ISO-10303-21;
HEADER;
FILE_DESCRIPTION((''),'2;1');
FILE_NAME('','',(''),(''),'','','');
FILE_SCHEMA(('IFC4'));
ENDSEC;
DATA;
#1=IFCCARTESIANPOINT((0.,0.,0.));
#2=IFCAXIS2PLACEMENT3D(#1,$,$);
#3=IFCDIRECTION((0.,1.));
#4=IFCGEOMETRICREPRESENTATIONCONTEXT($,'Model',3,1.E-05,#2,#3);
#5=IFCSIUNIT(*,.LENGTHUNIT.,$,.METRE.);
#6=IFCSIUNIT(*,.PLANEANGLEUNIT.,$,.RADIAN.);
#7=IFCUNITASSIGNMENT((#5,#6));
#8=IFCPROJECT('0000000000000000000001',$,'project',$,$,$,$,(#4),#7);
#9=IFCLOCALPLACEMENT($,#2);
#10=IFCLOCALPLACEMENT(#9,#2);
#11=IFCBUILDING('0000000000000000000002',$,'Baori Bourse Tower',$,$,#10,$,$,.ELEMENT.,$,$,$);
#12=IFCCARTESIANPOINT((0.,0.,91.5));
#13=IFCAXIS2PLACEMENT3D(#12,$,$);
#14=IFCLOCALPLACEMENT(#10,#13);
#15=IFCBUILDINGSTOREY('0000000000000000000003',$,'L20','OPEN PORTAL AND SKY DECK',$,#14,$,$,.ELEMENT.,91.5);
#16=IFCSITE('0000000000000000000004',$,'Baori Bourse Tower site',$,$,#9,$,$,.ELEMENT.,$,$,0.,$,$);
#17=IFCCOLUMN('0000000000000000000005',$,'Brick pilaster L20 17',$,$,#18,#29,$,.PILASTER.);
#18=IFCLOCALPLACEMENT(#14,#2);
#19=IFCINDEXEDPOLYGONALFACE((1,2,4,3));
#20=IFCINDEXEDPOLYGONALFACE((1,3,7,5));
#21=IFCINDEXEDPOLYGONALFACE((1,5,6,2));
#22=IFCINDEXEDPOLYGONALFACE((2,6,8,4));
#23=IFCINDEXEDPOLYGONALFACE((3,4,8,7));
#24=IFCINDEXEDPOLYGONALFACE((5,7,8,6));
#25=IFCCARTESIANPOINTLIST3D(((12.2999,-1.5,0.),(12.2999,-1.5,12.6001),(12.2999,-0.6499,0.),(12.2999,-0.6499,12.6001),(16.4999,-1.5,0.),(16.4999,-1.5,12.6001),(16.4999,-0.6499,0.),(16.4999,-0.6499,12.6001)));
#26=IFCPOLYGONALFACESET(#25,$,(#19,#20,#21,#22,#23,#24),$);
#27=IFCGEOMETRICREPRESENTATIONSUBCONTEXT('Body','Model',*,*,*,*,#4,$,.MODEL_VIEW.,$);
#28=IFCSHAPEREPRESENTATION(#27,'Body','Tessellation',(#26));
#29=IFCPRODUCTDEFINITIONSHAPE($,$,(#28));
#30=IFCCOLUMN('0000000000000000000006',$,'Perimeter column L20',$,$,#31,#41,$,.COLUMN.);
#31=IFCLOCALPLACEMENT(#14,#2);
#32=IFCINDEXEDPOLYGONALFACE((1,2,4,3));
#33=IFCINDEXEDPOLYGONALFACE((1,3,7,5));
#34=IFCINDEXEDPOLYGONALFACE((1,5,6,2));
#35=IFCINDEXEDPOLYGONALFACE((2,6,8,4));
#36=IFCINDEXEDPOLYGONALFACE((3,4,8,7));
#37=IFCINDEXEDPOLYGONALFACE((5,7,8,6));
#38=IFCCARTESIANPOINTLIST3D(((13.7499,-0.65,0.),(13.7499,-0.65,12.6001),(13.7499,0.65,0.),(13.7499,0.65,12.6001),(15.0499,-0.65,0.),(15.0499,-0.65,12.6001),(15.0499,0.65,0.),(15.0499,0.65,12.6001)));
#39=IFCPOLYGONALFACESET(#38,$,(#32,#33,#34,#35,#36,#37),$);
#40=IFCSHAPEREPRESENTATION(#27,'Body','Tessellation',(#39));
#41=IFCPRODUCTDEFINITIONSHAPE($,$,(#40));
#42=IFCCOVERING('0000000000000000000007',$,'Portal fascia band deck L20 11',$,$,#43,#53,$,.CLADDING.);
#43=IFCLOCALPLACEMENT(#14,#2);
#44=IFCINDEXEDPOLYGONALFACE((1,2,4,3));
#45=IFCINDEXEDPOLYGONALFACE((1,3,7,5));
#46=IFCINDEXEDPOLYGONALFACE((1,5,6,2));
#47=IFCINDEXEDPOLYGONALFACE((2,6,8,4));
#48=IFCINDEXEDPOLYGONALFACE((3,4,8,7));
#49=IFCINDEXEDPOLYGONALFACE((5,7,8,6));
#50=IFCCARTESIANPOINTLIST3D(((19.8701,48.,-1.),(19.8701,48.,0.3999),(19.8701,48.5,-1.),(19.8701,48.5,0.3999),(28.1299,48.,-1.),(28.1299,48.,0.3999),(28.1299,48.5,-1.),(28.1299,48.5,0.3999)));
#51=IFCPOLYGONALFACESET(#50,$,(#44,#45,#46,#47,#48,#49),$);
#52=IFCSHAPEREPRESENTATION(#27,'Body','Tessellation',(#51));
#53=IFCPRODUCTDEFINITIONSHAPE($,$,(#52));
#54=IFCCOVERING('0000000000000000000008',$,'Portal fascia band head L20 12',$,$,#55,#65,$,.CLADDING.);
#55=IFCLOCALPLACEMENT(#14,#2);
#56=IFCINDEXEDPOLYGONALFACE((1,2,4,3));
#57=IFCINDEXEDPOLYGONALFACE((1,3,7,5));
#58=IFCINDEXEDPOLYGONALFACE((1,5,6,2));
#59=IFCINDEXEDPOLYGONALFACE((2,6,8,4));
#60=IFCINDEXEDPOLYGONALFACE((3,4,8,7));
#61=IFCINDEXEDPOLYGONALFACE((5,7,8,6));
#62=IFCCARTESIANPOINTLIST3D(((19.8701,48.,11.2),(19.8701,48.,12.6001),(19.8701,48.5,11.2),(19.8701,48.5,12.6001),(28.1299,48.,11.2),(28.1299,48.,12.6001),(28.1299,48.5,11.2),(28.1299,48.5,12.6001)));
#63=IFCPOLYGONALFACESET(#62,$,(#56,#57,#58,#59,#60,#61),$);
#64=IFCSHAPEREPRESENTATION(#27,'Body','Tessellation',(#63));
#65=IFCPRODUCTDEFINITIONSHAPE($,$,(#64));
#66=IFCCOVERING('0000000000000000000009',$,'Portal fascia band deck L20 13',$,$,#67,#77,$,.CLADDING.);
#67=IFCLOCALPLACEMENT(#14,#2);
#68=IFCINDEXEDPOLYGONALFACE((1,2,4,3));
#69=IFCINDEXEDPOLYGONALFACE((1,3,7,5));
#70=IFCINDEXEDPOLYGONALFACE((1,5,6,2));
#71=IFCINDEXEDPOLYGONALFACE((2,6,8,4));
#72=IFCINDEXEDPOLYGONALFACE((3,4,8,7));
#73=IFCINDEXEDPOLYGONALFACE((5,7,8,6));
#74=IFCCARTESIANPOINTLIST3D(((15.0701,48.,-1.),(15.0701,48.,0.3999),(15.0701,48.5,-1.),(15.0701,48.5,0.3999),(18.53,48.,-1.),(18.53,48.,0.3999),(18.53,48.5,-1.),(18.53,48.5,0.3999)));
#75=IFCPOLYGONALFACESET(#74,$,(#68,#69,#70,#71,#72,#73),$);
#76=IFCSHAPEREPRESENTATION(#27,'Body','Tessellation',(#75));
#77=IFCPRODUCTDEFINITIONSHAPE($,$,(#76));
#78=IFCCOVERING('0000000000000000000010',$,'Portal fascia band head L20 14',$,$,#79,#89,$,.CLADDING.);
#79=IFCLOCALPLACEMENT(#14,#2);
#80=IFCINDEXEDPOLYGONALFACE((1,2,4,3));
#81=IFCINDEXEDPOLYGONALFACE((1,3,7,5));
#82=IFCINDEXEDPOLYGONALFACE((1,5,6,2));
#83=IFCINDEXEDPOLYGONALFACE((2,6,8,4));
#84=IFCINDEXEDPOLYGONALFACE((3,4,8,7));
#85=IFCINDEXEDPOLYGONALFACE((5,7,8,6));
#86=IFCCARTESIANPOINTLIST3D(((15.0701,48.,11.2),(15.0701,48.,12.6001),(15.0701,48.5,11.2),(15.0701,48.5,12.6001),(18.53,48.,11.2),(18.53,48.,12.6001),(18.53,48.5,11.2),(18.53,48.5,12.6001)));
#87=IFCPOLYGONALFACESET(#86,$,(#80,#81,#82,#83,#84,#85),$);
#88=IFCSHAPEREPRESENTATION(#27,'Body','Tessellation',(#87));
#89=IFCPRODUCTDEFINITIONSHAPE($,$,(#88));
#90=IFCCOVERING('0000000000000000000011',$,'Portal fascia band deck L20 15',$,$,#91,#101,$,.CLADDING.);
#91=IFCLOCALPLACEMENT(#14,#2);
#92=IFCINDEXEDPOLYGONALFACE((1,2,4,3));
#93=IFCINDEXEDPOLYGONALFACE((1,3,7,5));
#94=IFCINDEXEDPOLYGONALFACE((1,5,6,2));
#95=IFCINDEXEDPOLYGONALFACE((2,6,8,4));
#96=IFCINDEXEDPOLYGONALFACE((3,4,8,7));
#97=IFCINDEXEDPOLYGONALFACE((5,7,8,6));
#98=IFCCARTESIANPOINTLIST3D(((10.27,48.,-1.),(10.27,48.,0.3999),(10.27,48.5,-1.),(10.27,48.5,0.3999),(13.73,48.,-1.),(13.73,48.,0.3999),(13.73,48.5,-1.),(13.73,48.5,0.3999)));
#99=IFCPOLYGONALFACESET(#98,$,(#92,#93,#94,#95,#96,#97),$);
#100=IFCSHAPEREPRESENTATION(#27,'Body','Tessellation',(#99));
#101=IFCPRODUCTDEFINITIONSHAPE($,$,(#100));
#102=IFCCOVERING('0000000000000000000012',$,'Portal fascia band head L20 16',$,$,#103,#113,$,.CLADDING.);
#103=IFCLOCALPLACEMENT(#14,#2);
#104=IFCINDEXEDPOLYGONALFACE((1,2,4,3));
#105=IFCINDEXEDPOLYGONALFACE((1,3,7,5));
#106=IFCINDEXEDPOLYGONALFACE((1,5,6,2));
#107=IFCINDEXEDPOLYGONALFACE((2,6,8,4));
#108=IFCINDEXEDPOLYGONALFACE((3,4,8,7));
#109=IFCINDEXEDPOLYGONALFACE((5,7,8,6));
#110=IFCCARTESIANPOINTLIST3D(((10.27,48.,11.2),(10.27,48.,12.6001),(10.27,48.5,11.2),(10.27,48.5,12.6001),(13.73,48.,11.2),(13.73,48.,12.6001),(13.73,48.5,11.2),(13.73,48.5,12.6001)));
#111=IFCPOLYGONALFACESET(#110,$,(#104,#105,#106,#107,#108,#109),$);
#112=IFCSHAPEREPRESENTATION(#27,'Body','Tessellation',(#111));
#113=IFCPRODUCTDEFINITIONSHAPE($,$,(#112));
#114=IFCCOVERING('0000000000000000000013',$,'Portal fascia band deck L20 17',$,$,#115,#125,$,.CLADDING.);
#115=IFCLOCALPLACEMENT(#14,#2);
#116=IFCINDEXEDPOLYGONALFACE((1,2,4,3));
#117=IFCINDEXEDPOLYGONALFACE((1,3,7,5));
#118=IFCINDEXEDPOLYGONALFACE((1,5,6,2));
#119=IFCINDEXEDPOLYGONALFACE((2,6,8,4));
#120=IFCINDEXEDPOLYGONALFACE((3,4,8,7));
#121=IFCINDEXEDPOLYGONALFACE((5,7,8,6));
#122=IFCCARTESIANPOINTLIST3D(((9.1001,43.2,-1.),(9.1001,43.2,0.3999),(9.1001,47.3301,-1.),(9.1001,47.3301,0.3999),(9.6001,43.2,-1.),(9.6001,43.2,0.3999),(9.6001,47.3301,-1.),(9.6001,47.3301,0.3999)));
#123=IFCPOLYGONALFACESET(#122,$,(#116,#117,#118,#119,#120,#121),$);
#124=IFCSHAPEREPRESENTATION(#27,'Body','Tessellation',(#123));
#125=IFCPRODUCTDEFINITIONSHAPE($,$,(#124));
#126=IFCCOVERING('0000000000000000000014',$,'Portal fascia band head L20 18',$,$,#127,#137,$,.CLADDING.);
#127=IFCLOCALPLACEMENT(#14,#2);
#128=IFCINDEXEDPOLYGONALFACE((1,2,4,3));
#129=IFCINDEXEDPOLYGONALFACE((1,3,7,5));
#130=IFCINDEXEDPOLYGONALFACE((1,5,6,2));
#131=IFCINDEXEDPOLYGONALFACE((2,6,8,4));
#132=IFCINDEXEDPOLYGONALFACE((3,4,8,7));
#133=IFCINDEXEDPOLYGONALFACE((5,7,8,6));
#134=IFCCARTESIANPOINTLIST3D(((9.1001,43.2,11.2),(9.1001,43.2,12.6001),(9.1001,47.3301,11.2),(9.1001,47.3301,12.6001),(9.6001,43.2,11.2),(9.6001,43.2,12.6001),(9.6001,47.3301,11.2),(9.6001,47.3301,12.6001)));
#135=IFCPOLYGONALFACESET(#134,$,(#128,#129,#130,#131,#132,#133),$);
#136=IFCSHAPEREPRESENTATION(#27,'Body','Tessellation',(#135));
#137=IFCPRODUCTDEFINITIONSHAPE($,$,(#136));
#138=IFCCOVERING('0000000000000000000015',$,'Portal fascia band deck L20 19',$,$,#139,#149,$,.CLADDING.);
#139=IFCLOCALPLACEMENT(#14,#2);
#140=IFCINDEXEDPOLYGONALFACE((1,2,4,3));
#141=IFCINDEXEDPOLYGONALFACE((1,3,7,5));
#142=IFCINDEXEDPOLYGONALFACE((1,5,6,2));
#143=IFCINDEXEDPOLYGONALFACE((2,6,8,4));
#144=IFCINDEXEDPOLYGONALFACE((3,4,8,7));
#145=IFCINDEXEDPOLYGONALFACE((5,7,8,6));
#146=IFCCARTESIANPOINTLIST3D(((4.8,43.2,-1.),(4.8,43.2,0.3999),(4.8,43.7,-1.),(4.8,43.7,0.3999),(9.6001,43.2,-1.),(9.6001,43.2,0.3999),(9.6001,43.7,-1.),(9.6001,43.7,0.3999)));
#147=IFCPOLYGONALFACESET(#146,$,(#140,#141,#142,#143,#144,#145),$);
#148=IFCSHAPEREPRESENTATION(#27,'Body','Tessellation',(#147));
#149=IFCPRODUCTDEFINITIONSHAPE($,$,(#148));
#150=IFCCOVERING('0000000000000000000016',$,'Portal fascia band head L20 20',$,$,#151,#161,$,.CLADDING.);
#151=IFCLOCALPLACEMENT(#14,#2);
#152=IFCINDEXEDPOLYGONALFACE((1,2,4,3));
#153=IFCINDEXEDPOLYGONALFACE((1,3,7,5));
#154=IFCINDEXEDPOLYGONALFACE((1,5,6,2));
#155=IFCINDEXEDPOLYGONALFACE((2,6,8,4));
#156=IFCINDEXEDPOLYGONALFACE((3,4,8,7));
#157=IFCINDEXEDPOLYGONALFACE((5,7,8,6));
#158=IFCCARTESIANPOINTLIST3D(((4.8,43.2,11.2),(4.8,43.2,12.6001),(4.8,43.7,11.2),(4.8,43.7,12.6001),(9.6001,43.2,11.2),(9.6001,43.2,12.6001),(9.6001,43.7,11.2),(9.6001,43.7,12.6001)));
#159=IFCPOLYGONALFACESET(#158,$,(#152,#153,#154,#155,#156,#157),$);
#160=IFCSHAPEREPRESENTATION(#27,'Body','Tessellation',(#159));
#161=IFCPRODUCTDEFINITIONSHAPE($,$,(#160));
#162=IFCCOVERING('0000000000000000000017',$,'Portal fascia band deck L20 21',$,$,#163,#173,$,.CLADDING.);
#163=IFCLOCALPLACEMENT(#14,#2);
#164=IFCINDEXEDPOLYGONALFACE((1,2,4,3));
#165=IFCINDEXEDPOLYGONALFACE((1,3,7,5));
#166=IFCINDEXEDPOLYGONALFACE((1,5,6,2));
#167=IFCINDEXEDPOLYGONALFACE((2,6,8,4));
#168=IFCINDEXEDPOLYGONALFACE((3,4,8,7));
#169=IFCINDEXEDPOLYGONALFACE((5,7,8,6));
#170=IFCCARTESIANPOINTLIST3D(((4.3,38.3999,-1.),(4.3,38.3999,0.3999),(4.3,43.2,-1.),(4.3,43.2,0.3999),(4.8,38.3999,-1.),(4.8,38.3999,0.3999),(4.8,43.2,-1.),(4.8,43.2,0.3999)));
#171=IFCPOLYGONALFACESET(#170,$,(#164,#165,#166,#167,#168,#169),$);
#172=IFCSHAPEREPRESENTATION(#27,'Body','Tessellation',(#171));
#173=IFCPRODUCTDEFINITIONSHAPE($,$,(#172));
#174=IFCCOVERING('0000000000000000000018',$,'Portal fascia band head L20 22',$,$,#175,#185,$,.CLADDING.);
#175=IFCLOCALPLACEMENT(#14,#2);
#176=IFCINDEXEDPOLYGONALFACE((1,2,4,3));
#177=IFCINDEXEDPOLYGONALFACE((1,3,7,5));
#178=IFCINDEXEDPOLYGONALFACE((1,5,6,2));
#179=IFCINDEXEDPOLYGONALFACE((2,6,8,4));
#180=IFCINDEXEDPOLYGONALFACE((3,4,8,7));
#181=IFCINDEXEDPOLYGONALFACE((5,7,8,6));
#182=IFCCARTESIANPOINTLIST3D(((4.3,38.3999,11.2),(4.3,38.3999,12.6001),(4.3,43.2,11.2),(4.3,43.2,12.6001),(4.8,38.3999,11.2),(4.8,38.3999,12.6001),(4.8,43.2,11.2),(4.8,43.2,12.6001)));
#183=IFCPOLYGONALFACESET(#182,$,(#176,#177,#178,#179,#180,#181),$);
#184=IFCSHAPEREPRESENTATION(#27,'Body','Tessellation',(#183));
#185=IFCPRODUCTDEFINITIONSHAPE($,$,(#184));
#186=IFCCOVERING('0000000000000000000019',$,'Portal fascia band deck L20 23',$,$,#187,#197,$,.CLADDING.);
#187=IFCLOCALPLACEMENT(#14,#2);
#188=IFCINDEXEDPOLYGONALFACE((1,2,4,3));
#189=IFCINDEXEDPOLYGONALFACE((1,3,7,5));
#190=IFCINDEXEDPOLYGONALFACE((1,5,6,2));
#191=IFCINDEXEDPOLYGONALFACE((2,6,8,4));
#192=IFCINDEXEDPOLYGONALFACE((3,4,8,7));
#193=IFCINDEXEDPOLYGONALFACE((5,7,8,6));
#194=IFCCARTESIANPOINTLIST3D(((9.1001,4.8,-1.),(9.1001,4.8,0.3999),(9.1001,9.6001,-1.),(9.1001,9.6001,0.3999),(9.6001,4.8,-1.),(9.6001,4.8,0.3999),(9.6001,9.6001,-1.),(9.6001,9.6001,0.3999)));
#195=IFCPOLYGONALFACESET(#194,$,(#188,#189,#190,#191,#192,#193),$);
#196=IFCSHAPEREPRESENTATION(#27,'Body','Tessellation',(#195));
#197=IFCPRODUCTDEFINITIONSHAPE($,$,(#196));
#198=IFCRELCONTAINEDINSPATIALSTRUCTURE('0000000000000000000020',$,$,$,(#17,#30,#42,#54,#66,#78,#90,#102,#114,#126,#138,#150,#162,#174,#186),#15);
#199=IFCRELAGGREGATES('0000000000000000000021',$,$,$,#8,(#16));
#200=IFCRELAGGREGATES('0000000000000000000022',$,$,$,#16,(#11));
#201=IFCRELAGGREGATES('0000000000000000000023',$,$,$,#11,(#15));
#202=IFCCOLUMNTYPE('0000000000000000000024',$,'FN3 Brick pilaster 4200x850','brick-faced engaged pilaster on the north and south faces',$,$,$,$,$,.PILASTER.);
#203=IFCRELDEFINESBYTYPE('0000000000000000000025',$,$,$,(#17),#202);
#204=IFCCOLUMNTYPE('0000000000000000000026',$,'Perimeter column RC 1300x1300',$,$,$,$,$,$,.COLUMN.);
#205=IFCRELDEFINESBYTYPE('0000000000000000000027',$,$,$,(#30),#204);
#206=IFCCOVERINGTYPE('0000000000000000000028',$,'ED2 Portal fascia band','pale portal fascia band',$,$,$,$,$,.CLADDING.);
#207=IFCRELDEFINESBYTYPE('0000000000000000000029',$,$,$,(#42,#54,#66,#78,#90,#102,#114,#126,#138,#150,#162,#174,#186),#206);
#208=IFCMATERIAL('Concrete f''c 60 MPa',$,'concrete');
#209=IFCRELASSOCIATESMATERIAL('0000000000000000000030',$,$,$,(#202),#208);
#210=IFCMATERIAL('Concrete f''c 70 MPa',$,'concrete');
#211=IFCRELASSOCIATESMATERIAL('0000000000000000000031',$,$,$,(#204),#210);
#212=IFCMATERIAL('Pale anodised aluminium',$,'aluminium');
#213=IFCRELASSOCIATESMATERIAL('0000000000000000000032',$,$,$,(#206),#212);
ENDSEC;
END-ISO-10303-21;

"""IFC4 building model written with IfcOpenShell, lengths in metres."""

from ifc_helpers import new_model, si_unit, direction, frame, origin, origin_2d, place, context, subcontext, project, spatial, polyline, rectangle, outline, extrude, material, material_profile, profile_set, type_object, element, save


model = new_model("IFC4")

# Units and contexts
model_context = context("Model", 3, precision=1e-05, world=origin(), true_north=direction((0.0, 1.0)))
body_context = subcontext(model_context, "Body", "Model", "MODEL_VIEW")
ifc_project = project(units=[si_unit("LENGTHUNIT", "METRE"), si_unit("PLANEANGLEUNIT", "RADIAN")], contexts=[model_context])

# Site, building, storey
site_placement = place(None, origin())
site = spatial("IfcSite", under=ifc_project, at=site_placement, Name="Baori Bourse Tower site", CompositionType="ELEMENT", RefElevation=0.0)
building_placement = place(site_placement, origin())
building = spatial("IfcBuilding", under=site, at=building_placement, Name="Baori Bourse Tower", CompositionType="ELEMENT")
storey_placement = place(building_placement, frame((0.0, 0.0, 91.5)))
storey = spatial("IfcBuildingStorey", under=building, at=storey_placement, Name="L20", Description="OPEN PORTAL AND SKY DECK", CompositionType="ELEMENT", Elevation=91.5)

# Columns
ifc_material_1 = material(Name="Concrete f'c 60 MPa", Category="concrete")
ifc_material_profile_1 = material_profile(ifc_material_1, rectangle(XDim=4.2, YDim=0.8501, at=origin_2d()), Name="RC 4200x850")
ifc_profile_set_1 = profile_set([ifc_material_profile_1], Name="Concrete f'c 60 MPa")
column_type_1 = type_object("IfcColumnType", Name="FN3 Brick pilaster 4200x850", Description="brick-faced engaged pilaster on the north and south faces", PredefinedType="PILASTER", material=ifc_profile_set_1)
column_1_placement = place(storey_placement, frame((14.3999, -1.075, 0.0), z_axis=(0.0, 0.0, 1.0), x_axis=(1.0, 0.0, 0.0)))
element("IfcColumn", 1, at=column_1_placement, inside=storey, type_object=column_type_1, Name="Brick pilaster L20 17", PredefinedType="PILASTER", context=body_context, shape_type="SweptSolid", body=[
    extrude(rectangle(XDim=4.2, YDim=0.8501, at=origin_2d()), origin(), (0.0, 0.0, 1.0), 12.6001),
])
ifc_material_2 = material(Name="Concrete f'c 70 MPa", Category="concrete")
ifc_material_profile_2 = material_profile(ifc_material_2, rectangle(XDim=1.3, YDim=1.3, at=origin_2d()), Name="RC 1300x1300")
ifc_profile_set_2 = profile_set([ifc_material_profile_2], Name="Concrete f'c 70 MPa")
column_type_2 = type_object("IfcColumnType", Name="Perimeter column RC 1300x1300", PredefinedType="COLUMN", material=ifc_profile_set_2)
column_2_placement = place(storey_placement, frame((14.3999, 0.0, 0.0), z_axis=(0.0, 0.0, 1.0), x_axis=(1.0, 0.0, 0.0)))
element("IfcColumn", 2, at=column_2_placement, inside=storey, type_object=column_type_2, Name="Perimeter column L20", PredefinedType="COLUMN", context=body_context, shape_type="SweptSolid", body=[
    extrude(rectangle(XDim=1.3, YDim=1.3, at=origin_2d()), origin(), (0.0, 0.0, 1.0), 12.6001),
])

# Coverings
ifc_material_3 = material(Name="Pale anodised aluminium", Category="aluminium")
covering_type = type_object("IfcCoveringType", Name="ED2 Portal fascia band", Description="pale portal fascia band", PredefinedType="CLADDING", material=ifc_material_3)
covering_1_placement = place(storey_placement, frame((0.0, 0.0, -1.0)))
element("IfcCovering", 3, at=covering_1_placement, inside=storey, type_object=covering_type, Name="Portal fascia band deck L20 11", PredefinedType="CLADDING", context=body_context, shape_type="SweptSolid", body=[
    extrude(outline(polyline([(19.8701, 48.0), (28.1299, 48.0), (28.1299, 48.5), (19.8701, 48.5), (19.8701, 48.0)])), origin(), (0.0, 0.0, 1.0), 1.3999),
])
covering_2_placement = place(storey_placement, frame((0.0, 0.0, 11.2)))
element("IfcCovering", 4, at=covering_2_placement, inside=storey, type_object=covering_type, Name="Portal fascia band head L20 12", PredefinedType="CLADDING", context=body_context, shape_type="SweptSolid", body=[
    extrude(outline(polyline([(19.8701, 48.0), (28.1299, 48.0), (28.1299, 48.5), (19.8701, 48.5), (19.8701, 48.0)])), origin(), (0.0, 0.0, 1.0), 1.4001),
])
covering_3_placement = place(storey_placement, frame((0.0, 0.0, -1.0)))
element("IfcCovering", 5, at=covering_3_placement, inside=storey, type_object=covering_type, Name="Portal fascia band deck L20 13", PredefinedType="CLADDING", context=body_context, shape_type="SweptSolid", body=[
    extrude(outline(polyline([(15.0701, 48.0), (18.53, 48.0), (18.53, 48.5), (15.0701, 48.5), (15.0701, 48.0)])), origin(), (0.0, 0.0, 1.0), 1.3999),
])
covering_4_placement = place(storey_placement, frame((0.0, 0.0, 11.2)))
element("IfcCovering", 6, at=covering_4_placement, inside=storey, type_object=covering_type, Name="Portal fascia band head L20 14", PredefinedType="CLADDING", context=body_context, shape_type="SweptSolid", body=[
    extrude(outline(polyline([(15.0701, 48.0), (18.53, 48.0), (18.53, 48.5), (15.0701, 48.5), (15.0701, 48.0)])), origin(), (0.0, 0.0, 1.0), 1.4001),
])
covering_5_placement = place(storey_placement, frame((0.0, 0.0, -1.0)))
element("IfcCovering", 7, at=covering_5_placement, inside=storey, type_object=covering_type, Name="Portal fascia band deck L20 15", PredefinedType="CLADDING", context=body_context, shape_type="SweptSolid", body=[
    extrude(outline(polyline([(10.27, 48.0), (13.73, 48.0), (13.73, 48.5), (10.27, 48.5), (10.27, 48.0)])), origin(), (0.0, 0.0, 1.0), 1.3999),
])
covering_6_placement = place(storey_placement, frame((0.0, 0.0, 11.2)))
element("IfcCovering", 8, at=covering_6_placement, inside=storey, type_object=covering_type, Name="Portal fascia band head L20 16", PredefinedType="CLADDING", context=body_context, shape_type="SweptSolid", body=[
    extrude(outline(polyline([(10.27, 48.0), (13.73, 48.0), (13.73, 48.5), (10.27, 48.5), (10.27, 48.0)])), origin(), (0.0, 0.0, 1.0), 1.4001),
])
covering_7_placement = place(storey_placement, frame((0.0, 0.0, -1.0)))
element("IfcCovering", 9, at=covering_7_placement, inside=storey, type_object=covering_type, Name="Portal fascia band deck L20 17", PredefinedType="CLADDING", context=body_context, shape_type="SweptSolid", body=[
    extrude(outline(polyline([(9.6001, 43.2), (9.6001, 47.3301), (9.1001, 47.3301), (9.1001, 43.2), (9.6001, 43.2)])), origin(), (0.0, 0.0, 1.0), 1.3999),
])
covering_8_placement = place(storey_placement, frame((0.0, 0.0, 11.2)))
element("IfcCovering", 10, at=covering_8_placement, inside=storey, type_object=covering_type, Name="Portal fascia band head L20 18", PredefinedType="CLADDING", context=body_context, shape_type="SweptSolid", body=[
    extrude(outline(polyline([(9.6001, 43.2), (9.6001, 47.3301), (9.1001, 47.3301), (9.1001, 43.2), (9.6001, 43.2)])), origin(), (0.0, 0.0, 1.0), 1.4001),
])
covering_9_placement = place(storey_placement, frame((0.0, 0.0, -1.0)))
element("IfcCovering", 11, at=covering_9_placement, inside=storey, type_object=covering_type, Name="Portal fascia band deck L20 19", PredefinedType="CLADDING", context=body_context, shape_type="SweptSolid", body=[
    extrude(outline(polyline([(4.8, 43.2), (9.6001, 43.2), (9.6001, 43.7), (4.8, 43.7), (4.8, 43.2)])), origin(), (0.0, 0.0, 1.0), 1.3999),
])
covering_10_placement = place(storey_placement, frame((0.0, 0.0, 11.2)))
element("IfcCovering", 12, at=covering_10_placement, inside=storey, type_object=covering_type, Name="Portal fascia band head L20 20", PredefinedType="CLADDING", context=body_context, shape_type="SweptSolid", body=[
    extrude(outline(polyline([(4.8, 43.2), (9.6001, 43.2), (9.6001, 43.7), (4.8, 43.7), (4.8, 43.2)])), origin(), (0.0, 0.0, 1.0), 1.4001),
])
covering_11_placement = place(storey_placement, frame((0.0, 0.0, -1.0)))
element("IfcCovering", 13, at=covering_11_placement, inside=storey, type_object=covering_type, Name="Portal fascia band deck L20 21", PredefinedType="CLADDING", context=body_context, shape_type="SweptSolid", body=[
    extrude(outline(polyline([(4.8, 38.3999), (4.8, 43.2), (4.3, 43.2), (4.3, 38.3999), (4.8, 38.3999)])), origin(), (0.0, 0.0, 1.0), 1.3999),
])
covering_12_placement = place(storey_placement, frame((0.0, 0.0, 11.2)))
element("IfcCovering", 14, at=covering_12_placement, inside=storey, type_object=covering_type, Name="Portal fascia band head L20 22", PredefinedType="CLADDING", context=body_context, shape_type="SweptSolid", body=[
    extrude(outline(polyline([(4.8, 38.3999), (4.8, 43.2), (4.3, 43.2), (4.3, 38.3999), (4.8, 38.3999)])), origin(), (0.0, 0.0, 1.0), 1.4001),
])
covering_13_placement = place(storey_placement, frame((0.0, 0.0, -1.0)))
element("IfcCovering", 15, at=covering_13_placement, inside=storey, type_object=covering_type, Name="Portal fascia band deck L20 23", PredefinedType="CLADDING", context=body_context, shape_type="SweptSolid", body=[
    extrude(outline(polyline([(9.6001, 4.8), (9.6001, 9.6001), (9.1001, 9.6001), (9.1001, 4.8), (9.6001, 4.8)])), origin(), (0.0, 0.0, 1.0), 1.3999),
])

save(model, "model.ifc")
